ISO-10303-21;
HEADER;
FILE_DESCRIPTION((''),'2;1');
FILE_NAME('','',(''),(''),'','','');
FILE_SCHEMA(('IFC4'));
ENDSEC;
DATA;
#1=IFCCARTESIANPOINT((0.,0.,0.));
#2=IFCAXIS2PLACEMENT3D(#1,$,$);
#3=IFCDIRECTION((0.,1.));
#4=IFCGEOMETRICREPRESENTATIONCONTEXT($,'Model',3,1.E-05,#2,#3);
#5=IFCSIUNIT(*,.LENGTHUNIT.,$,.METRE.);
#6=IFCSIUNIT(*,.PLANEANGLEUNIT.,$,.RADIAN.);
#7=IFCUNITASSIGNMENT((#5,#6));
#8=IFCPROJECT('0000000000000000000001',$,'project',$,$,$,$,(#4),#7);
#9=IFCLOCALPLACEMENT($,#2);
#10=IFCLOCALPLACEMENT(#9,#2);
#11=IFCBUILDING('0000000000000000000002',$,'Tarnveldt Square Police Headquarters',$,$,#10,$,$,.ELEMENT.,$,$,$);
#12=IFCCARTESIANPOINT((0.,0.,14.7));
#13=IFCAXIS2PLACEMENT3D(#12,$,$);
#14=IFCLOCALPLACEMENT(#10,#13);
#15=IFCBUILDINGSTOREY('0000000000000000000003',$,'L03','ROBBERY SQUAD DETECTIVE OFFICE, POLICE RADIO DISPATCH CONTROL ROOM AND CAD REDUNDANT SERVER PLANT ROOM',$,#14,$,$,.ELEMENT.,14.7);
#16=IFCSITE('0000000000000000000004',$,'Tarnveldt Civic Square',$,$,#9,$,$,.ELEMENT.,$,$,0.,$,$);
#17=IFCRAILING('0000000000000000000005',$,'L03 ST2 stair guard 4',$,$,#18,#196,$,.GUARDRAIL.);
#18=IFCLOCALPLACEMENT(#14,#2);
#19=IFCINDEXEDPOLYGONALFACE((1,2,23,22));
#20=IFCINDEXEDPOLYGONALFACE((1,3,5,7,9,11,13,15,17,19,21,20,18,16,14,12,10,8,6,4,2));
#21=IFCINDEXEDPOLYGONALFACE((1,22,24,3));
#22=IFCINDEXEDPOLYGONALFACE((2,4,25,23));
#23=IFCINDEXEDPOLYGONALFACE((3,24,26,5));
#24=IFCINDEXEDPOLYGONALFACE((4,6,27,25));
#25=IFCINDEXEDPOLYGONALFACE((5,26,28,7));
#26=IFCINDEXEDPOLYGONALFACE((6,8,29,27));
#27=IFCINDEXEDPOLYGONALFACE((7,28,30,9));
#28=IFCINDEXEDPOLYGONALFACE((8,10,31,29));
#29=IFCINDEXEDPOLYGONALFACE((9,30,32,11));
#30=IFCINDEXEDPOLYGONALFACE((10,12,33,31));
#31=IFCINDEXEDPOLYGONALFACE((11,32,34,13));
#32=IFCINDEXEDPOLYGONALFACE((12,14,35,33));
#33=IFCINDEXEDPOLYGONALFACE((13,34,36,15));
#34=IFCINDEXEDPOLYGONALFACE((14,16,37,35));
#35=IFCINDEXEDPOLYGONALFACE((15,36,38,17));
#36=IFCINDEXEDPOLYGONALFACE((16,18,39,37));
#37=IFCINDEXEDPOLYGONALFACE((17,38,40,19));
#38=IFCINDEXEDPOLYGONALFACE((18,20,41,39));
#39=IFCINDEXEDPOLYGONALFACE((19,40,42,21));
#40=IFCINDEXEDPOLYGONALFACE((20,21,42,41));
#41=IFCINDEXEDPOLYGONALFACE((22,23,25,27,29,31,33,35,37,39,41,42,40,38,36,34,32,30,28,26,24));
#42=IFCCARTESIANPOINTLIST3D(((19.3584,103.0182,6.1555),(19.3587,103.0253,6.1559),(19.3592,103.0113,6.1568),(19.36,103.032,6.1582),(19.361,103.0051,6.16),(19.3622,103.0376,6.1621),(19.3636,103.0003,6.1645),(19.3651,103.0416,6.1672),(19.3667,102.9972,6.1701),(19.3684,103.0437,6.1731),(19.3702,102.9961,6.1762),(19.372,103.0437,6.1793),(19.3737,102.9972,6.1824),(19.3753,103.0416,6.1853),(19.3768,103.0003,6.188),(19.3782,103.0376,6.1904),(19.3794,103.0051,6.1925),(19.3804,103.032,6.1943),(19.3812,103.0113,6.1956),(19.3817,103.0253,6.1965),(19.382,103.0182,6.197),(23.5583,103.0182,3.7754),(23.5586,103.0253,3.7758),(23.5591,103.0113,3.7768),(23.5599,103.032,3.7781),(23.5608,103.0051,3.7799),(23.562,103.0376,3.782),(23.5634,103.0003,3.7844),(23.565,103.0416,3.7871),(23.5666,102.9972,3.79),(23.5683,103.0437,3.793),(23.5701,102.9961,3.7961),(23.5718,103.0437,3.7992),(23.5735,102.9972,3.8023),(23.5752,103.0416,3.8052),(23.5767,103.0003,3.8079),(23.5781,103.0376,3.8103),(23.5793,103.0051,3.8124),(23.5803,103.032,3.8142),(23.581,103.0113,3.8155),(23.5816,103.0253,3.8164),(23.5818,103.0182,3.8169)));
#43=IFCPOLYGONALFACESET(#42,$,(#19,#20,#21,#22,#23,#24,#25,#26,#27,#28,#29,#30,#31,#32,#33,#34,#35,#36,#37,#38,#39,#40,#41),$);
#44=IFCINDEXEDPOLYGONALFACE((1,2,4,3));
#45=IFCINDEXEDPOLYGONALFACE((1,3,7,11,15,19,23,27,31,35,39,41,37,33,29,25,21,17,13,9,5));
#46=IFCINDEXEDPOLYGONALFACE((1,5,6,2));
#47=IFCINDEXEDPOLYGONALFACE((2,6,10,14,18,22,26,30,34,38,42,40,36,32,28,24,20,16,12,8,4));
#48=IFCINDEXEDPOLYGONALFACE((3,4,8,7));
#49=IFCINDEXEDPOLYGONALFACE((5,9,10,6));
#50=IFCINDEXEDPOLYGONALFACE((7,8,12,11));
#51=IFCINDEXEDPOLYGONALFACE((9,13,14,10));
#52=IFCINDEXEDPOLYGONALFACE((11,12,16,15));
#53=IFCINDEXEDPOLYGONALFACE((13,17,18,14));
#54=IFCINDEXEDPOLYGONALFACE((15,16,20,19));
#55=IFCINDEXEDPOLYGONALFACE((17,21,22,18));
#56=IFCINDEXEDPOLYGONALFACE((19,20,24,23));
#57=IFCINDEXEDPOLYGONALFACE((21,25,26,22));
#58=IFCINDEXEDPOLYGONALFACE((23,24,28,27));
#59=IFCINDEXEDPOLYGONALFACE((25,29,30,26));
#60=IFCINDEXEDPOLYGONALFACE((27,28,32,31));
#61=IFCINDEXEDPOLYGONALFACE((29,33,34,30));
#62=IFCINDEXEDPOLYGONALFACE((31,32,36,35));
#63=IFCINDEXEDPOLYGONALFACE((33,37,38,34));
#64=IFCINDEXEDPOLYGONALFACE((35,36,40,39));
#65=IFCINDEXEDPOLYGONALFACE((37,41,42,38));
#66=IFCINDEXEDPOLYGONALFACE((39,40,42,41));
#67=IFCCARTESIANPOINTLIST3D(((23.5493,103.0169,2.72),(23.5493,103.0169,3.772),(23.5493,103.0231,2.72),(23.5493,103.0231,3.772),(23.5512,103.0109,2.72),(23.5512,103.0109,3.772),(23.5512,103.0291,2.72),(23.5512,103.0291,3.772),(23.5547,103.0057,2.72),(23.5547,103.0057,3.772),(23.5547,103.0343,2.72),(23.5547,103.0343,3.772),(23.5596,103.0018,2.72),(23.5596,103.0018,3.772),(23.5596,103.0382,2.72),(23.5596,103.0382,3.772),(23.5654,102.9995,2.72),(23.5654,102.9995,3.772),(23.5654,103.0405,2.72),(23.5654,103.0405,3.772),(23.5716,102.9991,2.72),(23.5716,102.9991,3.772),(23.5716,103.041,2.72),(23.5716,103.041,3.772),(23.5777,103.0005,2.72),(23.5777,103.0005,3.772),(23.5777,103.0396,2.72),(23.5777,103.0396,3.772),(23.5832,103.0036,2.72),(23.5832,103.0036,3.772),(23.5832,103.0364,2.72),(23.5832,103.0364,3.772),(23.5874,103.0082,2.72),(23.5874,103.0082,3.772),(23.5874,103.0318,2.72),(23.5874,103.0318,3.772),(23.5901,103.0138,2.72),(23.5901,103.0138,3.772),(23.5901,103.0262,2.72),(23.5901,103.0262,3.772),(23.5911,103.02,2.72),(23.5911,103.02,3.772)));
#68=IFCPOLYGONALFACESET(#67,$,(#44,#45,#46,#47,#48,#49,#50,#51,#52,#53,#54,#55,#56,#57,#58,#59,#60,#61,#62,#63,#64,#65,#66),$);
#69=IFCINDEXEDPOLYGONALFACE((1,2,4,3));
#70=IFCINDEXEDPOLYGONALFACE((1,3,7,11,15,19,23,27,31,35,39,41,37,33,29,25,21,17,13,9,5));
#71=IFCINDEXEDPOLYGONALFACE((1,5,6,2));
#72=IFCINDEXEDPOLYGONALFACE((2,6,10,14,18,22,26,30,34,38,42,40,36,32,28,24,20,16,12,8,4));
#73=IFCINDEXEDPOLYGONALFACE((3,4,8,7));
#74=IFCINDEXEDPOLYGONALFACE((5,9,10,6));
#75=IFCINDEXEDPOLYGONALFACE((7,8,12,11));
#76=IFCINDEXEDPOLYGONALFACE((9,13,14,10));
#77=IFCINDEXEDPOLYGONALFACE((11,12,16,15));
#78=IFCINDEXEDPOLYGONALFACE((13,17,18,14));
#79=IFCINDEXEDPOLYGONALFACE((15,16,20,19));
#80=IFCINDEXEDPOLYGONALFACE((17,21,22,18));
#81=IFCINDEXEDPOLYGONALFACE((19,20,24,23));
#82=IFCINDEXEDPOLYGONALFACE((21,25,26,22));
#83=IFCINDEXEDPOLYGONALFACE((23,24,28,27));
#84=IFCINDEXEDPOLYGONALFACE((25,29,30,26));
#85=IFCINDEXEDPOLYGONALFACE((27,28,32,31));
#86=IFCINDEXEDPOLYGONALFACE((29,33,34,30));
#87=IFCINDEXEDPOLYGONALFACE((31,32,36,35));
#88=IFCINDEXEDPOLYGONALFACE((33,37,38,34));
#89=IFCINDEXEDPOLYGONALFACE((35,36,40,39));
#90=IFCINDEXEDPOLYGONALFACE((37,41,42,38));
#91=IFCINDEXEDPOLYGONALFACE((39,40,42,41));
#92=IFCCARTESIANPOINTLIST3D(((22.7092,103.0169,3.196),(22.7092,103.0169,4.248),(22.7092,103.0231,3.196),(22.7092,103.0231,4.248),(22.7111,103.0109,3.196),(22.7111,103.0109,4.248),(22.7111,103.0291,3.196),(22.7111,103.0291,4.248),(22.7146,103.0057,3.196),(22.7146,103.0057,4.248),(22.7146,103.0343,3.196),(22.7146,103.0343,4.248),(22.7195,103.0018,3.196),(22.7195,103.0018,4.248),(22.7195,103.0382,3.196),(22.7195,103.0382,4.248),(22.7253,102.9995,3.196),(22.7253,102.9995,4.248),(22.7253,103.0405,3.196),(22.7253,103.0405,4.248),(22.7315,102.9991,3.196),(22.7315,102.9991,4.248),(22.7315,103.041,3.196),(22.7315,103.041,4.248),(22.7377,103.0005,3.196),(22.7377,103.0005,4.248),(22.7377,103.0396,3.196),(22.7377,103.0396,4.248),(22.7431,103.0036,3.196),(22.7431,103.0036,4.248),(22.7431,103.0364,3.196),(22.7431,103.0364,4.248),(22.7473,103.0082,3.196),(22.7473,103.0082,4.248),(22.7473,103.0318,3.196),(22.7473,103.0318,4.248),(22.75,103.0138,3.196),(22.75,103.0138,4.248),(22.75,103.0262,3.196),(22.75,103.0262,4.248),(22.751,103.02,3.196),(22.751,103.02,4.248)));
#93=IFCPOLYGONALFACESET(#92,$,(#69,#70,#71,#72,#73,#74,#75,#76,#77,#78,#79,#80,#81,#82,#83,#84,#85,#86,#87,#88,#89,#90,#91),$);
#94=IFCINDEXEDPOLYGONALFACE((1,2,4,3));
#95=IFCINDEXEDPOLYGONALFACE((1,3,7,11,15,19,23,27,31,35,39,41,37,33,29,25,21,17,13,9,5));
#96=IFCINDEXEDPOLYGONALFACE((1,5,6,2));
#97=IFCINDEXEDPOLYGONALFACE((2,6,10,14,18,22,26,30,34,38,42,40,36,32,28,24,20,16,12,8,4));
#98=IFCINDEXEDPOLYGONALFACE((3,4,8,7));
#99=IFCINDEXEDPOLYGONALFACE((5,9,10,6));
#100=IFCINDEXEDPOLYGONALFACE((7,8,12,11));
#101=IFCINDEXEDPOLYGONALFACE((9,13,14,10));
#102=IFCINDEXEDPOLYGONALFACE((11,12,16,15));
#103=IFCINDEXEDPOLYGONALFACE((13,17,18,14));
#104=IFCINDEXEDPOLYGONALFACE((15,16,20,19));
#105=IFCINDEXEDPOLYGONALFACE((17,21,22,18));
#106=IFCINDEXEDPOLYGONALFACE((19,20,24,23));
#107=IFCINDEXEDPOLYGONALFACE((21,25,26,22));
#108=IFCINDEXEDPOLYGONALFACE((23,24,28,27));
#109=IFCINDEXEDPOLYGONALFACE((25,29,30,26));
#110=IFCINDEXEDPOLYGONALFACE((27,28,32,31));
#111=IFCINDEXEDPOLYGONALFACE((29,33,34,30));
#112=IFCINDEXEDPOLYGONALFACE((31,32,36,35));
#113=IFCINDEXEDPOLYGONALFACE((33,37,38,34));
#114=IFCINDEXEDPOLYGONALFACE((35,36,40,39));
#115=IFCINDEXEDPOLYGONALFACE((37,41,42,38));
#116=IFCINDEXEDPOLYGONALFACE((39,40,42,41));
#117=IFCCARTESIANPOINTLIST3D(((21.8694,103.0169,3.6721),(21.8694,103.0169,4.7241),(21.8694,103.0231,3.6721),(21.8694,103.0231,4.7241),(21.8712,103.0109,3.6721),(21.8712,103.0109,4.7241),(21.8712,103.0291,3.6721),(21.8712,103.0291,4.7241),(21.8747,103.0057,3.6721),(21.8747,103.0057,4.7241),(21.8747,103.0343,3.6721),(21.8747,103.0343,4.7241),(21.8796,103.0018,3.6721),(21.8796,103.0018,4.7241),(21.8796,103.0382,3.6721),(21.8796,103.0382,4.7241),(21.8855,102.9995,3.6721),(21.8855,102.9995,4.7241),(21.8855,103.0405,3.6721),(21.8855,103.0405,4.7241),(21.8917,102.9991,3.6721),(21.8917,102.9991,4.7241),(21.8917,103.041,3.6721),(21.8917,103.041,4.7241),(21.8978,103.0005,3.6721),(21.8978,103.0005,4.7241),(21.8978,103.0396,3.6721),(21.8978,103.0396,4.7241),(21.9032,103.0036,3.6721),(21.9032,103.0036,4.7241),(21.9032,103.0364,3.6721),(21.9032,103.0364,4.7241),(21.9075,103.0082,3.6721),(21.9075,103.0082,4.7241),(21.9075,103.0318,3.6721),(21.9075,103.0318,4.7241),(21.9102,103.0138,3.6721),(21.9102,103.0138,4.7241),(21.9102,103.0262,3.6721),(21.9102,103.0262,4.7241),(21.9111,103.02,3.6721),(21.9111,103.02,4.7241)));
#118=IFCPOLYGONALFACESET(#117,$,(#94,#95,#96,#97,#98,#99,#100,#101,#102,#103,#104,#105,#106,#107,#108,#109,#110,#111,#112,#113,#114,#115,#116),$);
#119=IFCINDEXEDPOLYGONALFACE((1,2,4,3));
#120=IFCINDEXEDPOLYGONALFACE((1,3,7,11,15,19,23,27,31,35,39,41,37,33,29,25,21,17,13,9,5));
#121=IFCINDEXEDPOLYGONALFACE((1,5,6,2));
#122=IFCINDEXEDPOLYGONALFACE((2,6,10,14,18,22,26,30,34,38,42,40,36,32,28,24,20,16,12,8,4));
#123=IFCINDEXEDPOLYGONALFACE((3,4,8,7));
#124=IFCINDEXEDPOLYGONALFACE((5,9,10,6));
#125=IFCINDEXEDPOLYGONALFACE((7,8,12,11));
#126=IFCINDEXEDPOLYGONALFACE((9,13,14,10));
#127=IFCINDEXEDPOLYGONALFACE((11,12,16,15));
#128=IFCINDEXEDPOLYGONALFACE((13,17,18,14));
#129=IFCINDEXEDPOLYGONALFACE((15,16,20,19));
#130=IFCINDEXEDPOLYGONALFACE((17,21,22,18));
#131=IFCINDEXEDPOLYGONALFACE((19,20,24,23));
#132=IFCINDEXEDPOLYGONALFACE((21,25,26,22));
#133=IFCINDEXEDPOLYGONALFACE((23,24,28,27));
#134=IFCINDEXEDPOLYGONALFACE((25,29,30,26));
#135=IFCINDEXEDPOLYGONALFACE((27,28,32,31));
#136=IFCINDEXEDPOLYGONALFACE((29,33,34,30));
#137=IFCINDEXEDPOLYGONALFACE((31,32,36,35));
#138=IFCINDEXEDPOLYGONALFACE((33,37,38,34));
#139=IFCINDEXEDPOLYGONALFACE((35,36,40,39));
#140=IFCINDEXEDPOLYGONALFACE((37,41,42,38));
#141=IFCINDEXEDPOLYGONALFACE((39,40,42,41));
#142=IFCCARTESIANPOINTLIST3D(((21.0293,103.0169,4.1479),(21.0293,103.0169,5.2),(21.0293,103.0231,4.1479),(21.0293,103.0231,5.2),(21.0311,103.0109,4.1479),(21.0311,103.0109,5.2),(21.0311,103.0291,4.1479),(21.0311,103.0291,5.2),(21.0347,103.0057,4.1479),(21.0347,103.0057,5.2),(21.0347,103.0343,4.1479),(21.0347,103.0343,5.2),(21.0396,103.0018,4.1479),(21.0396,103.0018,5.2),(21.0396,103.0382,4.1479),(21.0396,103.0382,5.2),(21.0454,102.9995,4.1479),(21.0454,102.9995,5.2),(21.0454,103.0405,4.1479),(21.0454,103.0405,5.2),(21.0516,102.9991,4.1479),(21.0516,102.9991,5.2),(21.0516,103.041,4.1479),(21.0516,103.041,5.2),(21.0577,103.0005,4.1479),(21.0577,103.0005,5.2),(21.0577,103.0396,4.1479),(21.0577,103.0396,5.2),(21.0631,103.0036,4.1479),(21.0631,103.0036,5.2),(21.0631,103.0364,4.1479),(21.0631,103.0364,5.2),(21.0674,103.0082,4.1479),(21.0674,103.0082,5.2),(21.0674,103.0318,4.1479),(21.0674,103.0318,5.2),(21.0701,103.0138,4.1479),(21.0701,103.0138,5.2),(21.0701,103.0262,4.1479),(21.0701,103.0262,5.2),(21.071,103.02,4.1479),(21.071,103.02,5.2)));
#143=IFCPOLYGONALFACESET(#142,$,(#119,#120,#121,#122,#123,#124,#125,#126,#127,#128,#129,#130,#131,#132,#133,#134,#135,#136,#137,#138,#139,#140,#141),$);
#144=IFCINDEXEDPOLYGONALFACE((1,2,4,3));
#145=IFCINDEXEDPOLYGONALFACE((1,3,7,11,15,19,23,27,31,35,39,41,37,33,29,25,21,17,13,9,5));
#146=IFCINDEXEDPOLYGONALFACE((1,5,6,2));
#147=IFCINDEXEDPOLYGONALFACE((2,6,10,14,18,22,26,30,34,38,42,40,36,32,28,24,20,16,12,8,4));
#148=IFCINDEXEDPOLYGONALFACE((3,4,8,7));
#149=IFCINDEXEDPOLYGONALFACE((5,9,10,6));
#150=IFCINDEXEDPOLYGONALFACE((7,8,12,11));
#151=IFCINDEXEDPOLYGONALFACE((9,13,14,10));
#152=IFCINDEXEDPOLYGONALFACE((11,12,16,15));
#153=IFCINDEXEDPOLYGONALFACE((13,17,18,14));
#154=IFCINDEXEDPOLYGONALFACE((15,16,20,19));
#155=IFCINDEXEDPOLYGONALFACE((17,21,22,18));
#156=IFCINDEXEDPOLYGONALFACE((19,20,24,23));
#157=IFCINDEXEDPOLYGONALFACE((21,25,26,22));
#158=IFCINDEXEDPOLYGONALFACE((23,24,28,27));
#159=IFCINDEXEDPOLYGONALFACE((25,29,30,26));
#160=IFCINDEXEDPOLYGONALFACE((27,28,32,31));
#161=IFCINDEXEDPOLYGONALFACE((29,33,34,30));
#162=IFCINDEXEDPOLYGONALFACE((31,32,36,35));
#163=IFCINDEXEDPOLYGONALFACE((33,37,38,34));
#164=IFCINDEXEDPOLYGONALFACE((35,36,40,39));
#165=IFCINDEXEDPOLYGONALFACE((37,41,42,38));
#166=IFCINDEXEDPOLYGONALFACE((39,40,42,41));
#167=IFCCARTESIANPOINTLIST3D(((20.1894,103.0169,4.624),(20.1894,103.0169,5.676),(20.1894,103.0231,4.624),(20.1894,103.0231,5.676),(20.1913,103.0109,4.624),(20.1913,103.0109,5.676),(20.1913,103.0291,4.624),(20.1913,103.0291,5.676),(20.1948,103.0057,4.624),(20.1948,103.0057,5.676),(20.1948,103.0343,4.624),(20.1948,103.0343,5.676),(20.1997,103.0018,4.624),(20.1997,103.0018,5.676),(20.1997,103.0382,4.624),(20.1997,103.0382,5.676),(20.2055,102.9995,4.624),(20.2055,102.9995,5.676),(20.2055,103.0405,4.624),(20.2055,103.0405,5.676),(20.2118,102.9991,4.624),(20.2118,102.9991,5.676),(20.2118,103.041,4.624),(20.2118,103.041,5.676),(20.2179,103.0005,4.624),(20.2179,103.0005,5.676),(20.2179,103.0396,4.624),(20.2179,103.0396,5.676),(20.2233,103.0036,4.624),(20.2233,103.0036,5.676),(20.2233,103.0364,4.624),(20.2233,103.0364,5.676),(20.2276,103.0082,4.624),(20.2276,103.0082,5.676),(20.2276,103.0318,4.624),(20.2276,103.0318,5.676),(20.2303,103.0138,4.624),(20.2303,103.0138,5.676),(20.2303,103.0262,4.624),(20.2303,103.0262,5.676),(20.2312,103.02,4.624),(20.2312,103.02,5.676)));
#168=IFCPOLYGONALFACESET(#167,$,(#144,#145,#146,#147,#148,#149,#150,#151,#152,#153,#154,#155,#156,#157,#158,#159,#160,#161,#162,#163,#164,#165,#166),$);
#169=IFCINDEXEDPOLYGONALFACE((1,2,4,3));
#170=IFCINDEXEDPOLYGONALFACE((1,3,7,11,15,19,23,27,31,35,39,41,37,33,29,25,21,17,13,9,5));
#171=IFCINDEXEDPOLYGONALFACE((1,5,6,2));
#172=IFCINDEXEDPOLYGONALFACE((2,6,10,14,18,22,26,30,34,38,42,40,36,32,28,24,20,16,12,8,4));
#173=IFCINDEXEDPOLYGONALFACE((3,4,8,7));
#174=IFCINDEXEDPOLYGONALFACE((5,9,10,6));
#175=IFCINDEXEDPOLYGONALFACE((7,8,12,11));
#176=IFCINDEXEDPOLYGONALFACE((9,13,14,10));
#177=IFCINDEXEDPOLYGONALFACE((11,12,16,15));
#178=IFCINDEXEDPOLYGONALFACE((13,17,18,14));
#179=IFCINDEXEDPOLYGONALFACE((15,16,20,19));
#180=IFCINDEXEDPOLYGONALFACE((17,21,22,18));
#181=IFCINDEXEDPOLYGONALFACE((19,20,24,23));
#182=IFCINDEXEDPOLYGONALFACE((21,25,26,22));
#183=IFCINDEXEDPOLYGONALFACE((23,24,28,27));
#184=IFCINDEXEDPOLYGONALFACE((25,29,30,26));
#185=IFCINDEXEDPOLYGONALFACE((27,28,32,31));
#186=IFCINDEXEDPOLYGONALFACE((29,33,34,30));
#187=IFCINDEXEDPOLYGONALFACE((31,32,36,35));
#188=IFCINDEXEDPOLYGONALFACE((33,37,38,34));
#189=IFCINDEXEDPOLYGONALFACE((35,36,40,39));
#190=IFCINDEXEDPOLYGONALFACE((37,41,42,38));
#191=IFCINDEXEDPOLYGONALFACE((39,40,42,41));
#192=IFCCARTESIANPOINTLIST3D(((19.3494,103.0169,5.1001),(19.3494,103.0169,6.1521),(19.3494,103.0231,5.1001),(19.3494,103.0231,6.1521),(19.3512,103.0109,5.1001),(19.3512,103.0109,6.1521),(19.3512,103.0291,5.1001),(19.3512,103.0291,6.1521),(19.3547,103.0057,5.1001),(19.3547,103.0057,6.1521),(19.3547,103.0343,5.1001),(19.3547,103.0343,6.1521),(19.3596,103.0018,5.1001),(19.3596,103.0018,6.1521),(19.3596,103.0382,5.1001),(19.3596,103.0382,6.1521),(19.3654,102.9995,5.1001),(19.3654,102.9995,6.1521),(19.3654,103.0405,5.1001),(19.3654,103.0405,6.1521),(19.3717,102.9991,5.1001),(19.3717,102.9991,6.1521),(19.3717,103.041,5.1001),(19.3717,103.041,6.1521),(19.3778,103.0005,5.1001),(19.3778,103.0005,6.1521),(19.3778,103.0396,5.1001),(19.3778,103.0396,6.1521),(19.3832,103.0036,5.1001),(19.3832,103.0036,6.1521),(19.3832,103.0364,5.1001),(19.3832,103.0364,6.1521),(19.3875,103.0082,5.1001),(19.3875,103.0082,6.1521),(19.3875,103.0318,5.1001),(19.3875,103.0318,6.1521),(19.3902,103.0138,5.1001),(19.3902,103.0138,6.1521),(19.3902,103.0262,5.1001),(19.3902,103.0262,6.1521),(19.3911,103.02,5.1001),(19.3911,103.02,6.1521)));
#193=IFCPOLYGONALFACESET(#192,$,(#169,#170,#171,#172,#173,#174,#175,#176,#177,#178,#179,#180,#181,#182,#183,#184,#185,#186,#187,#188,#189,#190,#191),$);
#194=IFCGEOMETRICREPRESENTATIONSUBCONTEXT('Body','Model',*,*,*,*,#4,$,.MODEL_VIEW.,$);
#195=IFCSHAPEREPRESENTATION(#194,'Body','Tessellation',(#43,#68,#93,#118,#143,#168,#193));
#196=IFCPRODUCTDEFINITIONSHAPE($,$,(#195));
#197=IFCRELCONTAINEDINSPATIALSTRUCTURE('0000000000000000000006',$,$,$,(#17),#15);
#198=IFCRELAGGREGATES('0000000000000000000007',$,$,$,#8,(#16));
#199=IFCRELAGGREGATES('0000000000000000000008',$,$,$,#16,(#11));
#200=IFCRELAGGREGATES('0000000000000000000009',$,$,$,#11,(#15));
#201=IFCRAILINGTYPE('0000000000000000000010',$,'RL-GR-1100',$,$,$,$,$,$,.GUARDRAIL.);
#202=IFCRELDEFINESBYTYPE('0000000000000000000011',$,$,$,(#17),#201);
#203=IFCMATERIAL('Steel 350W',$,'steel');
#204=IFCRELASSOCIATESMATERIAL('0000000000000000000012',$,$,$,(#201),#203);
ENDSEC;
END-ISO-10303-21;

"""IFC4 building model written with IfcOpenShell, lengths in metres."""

from ifc_helpers import new_model, si_unit, direction, frame, origin, origin_2d, place, context, subcontext, project, spatial, circle, extrude, material, type_object, element, save


model = new_model("IFC4")

# Units and contexts
model_context = context("Model", 3, precision=1e-05, world=origin(), true_north=direction((0.0, 1.0)))
body_context = subcontext(model_context, "Body", "Model", "MODEL_VIEW")
ifc_project = project(units=[si_unit("LENGTHUNIT", "METRE"), si_unit("PLANEANGLEUNIT", "RADIAN")], contexts=[model_context])

# Site, building, storey
site_placement = place(None, origin())
site = spatial("IfcSite", under=ifc_project, at=site_placement, Name="Tarnveldt Civic Square", CompositionType="ELEMENT", RefElevation=0.0)
building_placement = place(site_placement, origin())
building = spatial("IfcBuilding", under=site, at=building_placement, Name="Tarnveldt Square Police Headquarters", CompositionType="ELEMENT")
storey_placement = place(building_placement, frame((0.0, 0.0, 14.7)))
storey = spatial("IfcBuildingStorey", under=building, at=storey_placement, Name="L03", Description="ROBBERY SQUAD DETECTIVE OFFICE, POLICE RADIO DISPATCH CONTROL ROOM AND CAD REDUNDANT SERVER PLANT ROOM", CompositionType="ELEMENT", Elevation=14.7)

# Shared definitions
ifc_material_1 = material(Name="Steel 350W", Category="steel")

# Railing
railing_type_1 = type_object("IfcRailingType", Name="RL-GR-1100", PredefinedType="GUARDRAIL", material=ifc_material_1)
railing_1_placement = place(storey_placement, frame((23.5701, 103.02, 2.72)))
element("IfcRailing", 1, at=railing_1_placement, inside=storey, type_object=railing_type_1, Name="L03 ST2 stair guard 4", PredefinedType="GUARDRAIL", context=body_context, shape_type="SweptSolid", body=[
    extrude(circle(Radius=0.0239, at=origin_2d()), frame((0.0, 0.0, 1.0762), z_axis=(-0.870008, 0.0, 0.493037), x_axis=(0.0, -1.0, 0.0)), (0.0, 0.0, 1.0), 4.8274),
    extrude(circle(Radius=0.021, at=origin_2d()), origin(), (0.0, 0.0, 1.0), 1.052),
    extrude(circle(Radius=0.021, at=origin_2d()), frame((-0.8401, 0.0, 0.4761)), (0.0, 0.0, 1.0), 1.052),
    extrude(circle(Radius=0.021, at=origin_2d()), frame((-1.6799, 0.0, 0.9521)), (0.0, 0.0, 1.0), 1.052),
    extrude(circle(Radius=0.021, at=origin_2d()), frame((-2.52, 0.0, 1.428)), (0.0, 0.0, 1.0), 1.052),
    extrude(circle(Radius=0.021, at=origin_2d()), frame((-3.3599, 0.0, 1.9041)), (0.0, 0.0, 1.0), 1.052),
    extrude(circle(Radius=0.021, at=origin_2d()), frame((-4.2, 0.0, 2.3801)), (0.0, 0.0, 1.0), 1.052),
])

save(model, "model.ifc")
